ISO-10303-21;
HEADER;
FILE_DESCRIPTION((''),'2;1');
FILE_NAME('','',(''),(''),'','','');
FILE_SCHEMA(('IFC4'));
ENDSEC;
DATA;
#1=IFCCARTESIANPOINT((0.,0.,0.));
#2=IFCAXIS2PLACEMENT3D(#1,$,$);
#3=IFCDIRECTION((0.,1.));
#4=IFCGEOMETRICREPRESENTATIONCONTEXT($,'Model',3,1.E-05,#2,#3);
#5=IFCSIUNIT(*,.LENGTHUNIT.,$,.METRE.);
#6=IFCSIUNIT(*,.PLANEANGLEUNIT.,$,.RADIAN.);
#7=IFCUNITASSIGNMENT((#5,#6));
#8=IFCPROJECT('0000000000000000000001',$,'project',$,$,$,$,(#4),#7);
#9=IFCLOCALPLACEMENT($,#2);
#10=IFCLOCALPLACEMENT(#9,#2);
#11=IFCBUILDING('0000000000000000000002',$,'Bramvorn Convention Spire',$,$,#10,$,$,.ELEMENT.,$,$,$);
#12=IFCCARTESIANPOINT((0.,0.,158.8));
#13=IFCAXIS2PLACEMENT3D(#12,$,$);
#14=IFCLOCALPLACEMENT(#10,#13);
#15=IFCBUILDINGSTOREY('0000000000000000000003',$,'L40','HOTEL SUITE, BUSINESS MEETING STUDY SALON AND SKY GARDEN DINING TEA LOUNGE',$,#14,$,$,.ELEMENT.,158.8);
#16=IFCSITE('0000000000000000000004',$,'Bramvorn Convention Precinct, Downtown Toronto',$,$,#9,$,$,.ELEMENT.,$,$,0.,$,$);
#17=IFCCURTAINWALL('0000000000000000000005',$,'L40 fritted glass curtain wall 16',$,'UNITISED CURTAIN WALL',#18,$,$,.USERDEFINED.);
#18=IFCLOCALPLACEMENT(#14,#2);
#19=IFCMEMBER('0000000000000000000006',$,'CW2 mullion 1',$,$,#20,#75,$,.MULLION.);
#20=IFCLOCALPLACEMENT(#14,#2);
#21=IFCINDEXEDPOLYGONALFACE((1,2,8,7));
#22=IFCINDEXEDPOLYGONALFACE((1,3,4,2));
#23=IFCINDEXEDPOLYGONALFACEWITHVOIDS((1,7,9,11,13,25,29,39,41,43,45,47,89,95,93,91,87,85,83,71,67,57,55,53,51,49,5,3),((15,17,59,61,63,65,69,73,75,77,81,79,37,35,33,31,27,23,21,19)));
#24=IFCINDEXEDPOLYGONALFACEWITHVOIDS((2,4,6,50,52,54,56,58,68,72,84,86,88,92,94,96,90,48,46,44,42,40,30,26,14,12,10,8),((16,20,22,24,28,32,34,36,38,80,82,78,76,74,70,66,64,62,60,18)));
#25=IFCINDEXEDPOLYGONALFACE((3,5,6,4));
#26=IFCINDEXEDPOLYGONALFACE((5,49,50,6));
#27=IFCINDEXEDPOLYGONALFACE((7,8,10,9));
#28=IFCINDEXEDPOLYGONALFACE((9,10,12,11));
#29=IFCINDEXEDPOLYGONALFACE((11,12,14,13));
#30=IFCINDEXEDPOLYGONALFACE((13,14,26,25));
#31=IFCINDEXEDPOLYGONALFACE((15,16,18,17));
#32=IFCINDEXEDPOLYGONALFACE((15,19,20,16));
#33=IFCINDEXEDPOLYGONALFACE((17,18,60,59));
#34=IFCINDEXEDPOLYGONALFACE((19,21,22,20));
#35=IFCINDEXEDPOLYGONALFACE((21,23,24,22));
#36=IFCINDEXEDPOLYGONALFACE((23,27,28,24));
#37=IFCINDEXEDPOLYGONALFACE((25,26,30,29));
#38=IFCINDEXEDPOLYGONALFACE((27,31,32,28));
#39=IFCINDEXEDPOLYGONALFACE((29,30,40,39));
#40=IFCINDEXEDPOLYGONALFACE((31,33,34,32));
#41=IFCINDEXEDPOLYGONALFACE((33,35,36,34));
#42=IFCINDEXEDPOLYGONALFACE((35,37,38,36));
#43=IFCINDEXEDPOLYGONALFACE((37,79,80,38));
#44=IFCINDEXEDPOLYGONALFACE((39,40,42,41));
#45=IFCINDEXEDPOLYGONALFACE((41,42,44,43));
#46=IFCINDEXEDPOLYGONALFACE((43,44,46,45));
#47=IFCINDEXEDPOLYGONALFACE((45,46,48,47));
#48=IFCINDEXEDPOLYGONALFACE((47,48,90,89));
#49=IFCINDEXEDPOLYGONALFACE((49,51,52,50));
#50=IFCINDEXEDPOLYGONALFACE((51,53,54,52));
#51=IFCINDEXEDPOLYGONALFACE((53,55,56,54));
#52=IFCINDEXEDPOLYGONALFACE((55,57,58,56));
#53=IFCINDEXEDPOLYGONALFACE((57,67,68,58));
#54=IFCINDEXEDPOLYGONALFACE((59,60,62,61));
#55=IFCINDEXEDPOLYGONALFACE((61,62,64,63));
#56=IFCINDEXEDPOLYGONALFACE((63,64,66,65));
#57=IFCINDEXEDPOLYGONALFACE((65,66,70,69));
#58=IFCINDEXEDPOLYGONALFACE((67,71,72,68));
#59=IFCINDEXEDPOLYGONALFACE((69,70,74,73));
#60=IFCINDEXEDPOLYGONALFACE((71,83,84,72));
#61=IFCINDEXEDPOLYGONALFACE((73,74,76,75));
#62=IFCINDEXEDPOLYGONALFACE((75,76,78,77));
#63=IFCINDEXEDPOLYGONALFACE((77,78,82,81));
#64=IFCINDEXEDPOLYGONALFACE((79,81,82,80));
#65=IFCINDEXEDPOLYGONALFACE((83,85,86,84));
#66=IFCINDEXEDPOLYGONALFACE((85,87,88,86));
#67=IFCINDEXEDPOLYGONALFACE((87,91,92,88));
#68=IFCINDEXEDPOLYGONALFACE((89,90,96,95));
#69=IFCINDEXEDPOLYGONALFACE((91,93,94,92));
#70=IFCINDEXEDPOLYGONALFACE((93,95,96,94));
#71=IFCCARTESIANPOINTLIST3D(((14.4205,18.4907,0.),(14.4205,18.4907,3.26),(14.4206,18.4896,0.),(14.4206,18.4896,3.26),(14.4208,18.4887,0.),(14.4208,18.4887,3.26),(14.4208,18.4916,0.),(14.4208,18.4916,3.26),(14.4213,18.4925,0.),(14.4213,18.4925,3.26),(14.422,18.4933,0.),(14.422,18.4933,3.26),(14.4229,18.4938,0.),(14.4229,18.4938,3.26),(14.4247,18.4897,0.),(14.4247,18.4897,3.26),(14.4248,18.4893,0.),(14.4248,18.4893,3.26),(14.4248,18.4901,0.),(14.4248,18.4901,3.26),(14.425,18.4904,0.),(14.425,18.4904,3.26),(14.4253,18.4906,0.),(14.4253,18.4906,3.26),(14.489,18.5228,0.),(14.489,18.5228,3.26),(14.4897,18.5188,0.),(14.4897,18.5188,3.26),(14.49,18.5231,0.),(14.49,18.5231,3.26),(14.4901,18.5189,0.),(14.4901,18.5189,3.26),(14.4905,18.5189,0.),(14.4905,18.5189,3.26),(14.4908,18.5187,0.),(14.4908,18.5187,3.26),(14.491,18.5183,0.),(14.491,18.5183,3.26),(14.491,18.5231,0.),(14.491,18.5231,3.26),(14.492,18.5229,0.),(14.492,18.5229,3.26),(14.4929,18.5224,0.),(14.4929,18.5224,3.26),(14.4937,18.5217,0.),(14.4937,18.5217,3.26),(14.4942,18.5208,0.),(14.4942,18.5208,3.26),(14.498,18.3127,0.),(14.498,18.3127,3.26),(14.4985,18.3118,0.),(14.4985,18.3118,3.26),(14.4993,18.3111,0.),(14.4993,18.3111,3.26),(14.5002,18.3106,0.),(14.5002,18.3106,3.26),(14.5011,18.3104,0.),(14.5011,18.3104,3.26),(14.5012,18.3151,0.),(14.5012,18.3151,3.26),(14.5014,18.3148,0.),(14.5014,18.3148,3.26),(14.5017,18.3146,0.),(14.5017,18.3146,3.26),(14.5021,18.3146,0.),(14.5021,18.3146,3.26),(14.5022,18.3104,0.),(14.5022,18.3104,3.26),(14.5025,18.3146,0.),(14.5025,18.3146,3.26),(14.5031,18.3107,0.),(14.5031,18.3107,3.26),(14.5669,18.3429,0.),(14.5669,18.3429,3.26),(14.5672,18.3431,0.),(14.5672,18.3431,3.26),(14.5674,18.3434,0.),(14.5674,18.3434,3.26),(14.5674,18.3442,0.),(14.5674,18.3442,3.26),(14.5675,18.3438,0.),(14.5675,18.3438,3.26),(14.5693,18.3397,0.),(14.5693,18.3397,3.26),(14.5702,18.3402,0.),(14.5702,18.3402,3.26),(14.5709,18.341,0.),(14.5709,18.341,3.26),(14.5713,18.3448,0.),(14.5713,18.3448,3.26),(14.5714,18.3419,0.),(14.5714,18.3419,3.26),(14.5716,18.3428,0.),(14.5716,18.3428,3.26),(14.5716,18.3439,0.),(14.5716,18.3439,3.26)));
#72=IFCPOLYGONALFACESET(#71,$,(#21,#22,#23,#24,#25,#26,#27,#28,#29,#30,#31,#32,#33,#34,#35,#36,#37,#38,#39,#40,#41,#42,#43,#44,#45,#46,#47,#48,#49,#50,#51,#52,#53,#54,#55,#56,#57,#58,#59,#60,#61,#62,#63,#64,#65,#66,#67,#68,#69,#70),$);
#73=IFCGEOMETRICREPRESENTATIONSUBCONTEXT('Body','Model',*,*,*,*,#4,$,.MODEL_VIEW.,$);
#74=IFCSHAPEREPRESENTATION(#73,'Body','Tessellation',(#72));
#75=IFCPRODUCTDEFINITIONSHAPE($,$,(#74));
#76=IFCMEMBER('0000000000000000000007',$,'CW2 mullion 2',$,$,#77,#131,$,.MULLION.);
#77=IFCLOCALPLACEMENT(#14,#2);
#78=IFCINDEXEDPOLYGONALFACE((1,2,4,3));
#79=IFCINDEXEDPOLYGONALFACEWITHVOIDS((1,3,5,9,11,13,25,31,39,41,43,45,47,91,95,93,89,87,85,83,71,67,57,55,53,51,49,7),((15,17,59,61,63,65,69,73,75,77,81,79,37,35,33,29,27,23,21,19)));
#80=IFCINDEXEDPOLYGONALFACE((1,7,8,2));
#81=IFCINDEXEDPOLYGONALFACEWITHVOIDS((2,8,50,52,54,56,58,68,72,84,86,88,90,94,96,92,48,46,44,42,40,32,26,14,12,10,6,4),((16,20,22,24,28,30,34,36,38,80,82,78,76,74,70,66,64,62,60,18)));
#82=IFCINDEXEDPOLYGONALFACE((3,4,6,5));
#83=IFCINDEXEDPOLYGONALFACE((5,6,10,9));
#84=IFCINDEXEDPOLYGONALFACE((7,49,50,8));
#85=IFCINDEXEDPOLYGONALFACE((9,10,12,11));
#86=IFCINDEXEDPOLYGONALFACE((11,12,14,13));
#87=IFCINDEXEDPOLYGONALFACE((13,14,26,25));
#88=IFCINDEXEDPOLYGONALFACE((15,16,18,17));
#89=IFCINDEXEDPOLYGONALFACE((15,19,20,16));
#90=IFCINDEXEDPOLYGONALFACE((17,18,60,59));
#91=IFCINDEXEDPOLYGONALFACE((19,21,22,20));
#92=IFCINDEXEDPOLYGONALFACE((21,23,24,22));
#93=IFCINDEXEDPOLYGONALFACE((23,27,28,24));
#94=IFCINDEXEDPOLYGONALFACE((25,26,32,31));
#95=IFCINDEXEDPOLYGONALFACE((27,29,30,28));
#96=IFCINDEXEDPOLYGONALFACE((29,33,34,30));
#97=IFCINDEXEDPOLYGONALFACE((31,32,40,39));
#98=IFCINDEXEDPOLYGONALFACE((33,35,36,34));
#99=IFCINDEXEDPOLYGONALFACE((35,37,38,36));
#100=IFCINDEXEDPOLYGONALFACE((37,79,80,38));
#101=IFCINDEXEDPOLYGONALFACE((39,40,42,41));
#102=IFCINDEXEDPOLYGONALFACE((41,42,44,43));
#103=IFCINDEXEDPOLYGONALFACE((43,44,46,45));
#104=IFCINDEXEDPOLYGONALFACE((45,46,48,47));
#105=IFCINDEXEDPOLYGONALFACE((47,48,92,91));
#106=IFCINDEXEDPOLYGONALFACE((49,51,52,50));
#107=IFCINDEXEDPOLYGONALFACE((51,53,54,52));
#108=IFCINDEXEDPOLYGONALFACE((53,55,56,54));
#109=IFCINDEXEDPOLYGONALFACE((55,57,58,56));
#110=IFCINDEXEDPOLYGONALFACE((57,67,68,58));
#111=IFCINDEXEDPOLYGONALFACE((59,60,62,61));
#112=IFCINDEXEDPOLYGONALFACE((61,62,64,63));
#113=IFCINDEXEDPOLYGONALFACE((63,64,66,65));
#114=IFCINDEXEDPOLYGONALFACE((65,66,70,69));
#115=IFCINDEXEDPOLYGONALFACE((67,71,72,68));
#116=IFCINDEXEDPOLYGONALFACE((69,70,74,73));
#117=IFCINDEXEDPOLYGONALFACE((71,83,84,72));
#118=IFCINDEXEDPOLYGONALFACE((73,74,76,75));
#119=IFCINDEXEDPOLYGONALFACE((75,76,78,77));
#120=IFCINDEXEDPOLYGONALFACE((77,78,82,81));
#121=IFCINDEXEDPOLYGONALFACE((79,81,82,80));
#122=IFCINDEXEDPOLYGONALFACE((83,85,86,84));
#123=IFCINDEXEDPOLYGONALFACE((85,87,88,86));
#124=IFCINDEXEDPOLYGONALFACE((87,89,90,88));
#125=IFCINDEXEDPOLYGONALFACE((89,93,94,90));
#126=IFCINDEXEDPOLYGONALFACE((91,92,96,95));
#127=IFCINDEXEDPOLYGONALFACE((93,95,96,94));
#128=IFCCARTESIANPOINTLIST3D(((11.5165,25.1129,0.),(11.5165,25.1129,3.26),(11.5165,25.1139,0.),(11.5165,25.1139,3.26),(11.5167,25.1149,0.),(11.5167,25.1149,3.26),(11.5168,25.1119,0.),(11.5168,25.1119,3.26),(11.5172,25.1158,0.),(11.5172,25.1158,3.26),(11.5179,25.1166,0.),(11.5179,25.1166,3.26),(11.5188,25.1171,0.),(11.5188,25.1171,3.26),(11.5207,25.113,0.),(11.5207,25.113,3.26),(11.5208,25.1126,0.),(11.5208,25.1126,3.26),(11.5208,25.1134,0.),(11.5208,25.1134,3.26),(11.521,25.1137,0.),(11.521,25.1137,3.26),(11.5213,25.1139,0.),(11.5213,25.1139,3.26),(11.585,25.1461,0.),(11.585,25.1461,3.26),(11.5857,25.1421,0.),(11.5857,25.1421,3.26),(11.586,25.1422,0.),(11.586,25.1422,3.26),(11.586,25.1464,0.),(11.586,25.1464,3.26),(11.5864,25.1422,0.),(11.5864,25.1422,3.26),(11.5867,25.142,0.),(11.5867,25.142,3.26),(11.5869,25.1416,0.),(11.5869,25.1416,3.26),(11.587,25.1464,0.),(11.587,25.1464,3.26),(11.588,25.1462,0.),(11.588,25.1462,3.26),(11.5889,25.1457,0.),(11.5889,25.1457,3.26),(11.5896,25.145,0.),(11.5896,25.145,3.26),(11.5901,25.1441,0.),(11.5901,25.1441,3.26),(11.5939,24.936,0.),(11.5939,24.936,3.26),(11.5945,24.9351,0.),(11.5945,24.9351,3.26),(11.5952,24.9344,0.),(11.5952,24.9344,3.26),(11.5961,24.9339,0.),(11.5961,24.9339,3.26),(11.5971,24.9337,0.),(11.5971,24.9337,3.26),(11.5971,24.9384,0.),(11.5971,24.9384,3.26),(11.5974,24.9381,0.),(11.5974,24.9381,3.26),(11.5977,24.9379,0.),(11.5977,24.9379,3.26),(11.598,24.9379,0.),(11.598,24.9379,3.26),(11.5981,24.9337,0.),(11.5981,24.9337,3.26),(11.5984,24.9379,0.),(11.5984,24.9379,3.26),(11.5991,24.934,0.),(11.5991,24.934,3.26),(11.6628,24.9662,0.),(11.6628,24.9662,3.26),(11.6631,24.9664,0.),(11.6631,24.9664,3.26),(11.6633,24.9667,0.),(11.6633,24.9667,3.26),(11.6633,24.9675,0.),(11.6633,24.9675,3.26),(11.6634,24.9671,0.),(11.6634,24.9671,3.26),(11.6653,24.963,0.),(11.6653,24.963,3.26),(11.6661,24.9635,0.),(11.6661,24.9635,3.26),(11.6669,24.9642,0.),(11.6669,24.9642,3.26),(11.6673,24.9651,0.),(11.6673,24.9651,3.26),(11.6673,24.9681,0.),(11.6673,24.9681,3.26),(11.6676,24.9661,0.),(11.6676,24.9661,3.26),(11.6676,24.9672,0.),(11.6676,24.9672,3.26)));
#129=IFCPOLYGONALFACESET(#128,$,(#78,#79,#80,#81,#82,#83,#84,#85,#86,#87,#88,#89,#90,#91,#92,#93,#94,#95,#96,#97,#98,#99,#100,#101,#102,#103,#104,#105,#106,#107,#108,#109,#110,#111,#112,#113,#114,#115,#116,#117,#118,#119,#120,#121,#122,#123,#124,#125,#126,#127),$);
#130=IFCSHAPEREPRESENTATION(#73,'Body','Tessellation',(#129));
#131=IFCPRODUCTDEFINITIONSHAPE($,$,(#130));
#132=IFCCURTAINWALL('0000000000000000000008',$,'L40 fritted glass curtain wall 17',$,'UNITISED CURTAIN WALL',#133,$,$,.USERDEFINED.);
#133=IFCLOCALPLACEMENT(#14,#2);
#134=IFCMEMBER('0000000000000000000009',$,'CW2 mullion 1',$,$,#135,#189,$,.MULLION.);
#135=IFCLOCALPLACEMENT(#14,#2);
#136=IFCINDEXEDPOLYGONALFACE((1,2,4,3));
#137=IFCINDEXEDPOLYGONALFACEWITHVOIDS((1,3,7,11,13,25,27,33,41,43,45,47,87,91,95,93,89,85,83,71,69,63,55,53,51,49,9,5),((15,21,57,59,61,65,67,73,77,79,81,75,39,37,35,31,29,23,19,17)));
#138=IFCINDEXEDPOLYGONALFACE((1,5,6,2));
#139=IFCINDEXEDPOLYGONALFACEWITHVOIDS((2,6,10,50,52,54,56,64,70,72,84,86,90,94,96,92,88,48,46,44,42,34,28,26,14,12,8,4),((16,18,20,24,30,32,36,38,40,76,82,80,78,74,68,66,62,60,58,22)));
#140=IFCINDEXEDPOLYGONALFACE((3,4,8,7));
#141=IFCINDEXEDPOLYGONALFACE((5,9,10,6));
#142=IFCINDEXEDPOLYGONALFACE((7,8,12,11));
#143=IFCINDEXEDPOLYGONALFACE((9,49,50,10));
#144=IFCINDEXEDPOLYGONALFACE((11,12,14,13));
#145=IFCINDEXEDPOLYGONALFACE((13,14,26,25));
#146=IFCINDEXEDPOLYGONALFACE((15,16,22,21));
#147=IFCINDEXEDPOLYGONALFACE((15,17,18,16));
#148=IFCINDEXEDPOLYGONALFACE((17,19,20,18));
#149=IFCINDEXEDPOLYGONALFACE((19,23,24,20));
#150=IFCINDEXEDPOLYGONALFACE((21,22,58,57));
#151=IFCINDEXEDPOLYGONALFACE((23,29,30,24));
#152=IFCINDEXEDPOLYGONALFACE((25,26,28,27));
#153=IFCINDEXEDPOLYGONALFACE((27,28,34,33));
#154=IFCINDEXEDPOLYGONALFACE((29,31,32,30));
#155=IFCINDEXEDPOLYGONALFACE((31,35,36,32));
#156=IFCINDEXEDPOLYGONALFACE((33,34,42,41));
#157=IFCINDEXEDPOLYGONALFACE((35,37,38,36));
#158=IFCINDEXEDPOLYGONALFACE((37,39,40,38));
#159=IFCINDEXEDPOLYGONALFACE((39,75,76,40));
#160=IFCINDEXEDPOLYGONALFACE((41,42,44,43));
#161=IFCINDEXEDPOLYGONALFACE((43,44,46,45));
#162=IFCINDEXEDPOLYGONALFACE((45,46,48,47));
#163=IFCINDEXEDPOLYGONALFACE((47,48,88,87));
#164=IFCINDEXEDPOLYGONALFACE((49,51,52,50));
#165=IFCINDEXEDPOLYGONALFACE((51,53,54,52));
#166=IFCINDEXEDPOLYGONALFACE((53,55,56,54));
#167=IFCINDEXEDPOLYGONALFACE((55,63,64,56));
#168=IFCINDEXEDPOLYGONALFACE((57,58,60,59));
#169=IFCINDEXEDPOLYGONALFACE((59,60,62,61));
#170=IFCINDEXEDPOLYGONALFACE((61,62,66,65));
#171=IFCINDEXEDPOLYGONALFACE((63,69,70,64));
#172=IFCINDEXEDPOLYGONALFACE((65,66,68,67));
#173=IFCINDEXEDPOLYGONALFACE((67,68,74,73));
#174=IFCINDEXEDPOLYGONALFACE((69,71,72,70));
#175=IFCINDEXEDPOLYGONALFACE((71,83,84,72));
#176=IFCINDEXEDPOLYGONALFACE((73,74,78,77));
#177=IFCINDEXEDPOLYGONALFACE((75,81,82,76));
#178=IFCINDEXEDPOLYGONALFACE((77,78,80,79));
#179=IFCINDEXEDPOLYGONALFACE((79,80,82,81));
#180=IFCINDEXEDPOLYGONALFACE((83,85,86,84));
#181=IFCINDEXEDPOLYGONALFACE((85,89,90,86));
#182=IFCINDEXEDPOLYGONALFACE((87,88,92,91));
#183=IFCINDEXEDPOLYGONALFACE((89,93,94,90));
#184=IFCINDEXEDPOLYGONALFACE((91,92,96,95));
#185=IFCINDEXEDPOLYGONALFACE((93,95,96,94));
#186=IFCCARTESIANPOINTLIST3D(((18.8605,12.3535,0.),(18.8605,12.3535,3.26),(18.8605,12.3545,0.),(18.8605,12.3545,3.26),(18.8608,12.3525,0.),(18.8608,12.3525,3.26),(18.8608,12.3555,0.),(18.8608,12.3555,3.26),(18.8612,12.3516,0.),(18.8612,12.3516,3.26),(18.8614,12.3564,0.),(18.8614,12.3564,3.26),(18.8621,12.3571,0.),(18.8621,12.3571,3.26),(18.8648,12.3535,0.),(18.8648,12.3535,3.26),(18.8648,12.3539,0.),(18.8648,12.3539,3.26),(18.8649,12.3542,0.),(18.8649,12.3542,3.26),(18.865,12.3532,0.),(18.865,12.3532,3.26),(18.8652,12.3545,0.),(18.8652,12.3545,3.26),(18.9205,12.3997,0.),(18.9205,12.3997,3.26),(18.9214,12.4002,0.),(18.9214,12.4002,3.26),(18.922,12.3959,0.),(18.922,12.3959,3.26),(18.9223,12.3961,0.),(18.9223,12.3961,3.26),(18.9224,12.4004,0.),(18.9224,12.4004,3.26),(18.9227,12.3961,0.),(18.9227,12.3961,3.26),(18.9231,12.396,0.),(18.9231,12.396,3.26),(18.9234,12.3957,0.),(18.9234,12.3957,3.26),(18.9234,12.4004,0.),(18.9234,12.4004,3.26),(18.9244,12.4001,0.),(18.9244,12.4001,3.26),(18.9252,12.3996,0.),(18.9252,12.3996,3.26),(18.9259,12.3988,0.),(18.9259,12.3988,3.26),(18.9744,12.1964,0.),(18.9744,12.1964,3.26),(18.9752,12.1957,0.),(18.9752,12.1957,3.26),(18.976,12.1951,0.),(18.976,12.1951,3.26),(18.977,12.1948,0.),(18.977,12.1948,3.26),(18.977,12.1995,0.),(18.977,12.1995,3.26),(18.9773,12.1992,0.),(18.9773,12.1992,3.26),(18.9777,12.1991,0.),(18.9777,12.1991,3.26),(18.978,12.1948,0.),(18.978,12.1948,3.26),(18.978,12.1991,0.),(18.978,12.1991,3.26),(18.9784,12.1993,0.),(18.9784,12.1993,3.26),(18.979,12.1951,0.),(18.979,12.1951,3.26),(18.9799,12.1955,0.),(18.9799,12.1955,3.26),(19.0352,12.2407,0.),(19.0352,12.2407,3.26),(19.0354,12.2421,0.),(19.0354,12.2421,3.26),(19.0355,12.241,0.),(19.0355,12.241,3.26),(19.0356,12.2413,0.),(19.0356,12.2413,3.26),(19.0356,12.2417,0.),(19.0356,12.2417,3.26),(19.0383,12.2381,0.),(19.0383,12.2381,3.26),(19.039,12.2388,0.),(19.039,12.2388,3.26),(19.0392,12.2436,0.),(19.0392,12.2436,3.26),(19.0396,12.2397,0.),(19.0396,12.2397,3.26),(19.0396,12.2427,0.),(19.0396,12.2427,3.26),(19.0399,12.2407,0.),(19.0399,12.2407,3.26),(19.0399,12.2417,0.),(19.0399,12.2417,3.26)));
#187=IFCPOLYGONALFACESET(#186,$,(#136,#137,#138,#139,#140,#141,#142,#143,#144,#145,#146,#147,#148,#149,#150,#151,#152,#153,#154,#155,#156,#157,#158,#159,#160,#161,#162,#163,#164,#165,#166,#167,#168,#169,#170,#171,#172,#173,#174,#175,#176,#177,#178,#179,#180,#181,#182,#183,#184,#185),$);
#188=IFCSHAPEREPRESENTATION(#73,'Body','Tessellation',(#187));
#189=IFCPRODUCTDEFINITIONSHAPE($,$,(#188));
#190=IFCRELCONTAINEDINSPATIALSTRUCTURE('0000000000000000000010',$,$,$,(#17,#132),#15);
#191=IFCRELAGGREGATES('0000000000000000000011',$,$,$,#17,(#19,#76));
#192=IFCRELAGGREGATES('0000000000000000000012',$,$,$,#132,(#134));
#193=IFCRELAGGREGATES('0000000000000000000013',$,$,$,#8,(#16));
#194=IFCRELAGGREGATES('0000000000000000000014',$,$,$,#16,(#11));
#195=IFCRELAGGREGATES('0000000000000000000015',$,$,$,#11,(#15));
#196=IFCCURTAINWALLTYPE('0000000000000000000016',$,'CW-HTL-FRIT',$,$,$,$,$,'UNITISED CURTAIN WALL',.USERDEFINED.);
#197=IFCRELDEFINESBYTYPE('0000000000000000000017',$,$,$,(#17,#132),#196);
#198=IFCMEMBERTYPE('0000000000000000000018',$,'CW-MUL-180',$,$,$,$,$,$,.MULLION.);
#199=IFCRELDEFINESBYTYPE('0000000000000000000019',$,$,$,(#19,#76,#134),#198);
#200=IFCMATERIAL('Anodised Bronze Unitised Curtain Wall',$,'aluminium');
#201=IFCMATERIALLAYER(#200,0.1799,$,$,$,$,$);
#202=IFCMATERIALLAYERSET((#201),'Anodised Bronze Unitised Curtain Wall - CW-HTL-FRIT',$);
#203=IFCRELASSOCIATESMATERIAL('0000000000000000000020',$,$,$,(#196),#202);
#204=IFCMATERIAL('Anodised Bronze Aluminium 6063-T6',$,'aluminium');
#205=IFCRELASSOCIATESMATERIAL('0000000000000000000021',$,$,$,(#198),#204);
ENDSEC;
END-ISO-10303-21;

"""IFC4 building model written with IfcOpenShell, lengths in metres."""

from ifc_helpers import new_model, si_unit, direction, frame, origin, origin_2d, place, context, subcontext, project, spatial, hollow_rectangle, extrude, material, layer, layer_set, material_profile, profile_set, type_object, element, aggregate, save


model = new_model("IFC4")

# Units and contexts
model_context = context("Model", 3, precision=1e-05, world=origin(), true_north=direction((0.0, 1.0)))
body_context = subcontext(model_context, "Body", "Model", "MODEL_VIEW")
ifc_project = project(units=[si_unit("LENGTHUNIT", "METRE"), si_unit("PLANEANGLEUNIT", "RADIAN")], contexts=[model_context])

# Site, building, storey
site_placement = place(None, origin())
site = spatial("IfcSite", under=ifc_project, at=site_placement, Name="Bramvorn Convention Precinct, Downtown Toronto", CompositionType="ELEMENT", RefElevation=0.0)
building_placement = place(site_placement, origin())
building = spatial("IfcBuilding", under=site, at=building_placement, Name="Bramvorn Convention Spire", CompositionType="ELEMENT")
storey_placement = place(building_placement, frame((0.0, 0.0, 158.8)))
storey = spatial("IfcBuildingStorey", under=building, at=storey_placement, Name="L40", Description="HOTEL SUITE, BUSINESS MEETING STUDY SALON AND SKY GARDEN DINING TEA LOUNGE", CompositionType="ELEMENT", Elevation=158.8)

# Curtain walls, members
ifc_material_1 = material(Name="Anodised Bronze Unitised Curtain Wall", Category="aluminium")
ifc_layer_1 = layer(ifc_material_1, 0.1799)
ifc_layer_set_1 = layer_set([ifc_layer_1], Name="Anodised Bronze Unitised Curtain Wall - CW-HTL-FRIT")
curtain_wall_type = type_object("IfcCurtainWallType", Name="CW-HTL-FRIT", ElementType="UNITISED CURTAIN WALL", PredefinedType="USERDEFINED", material=ifc_layer_set_1)
curtain_wall_1_placement = place(storey_placement, origin())
curtain_wall_1 = element("IfcCurtainWall", 1, at=curtain_wall_1_placement, inside=storey, type_object=curtain_wall_type, Name="L40 fritted glass curtain wall 16", ObjectType="UNITISED CURTAIN WALL", PredefinedType="USERDEFINED")
ifc_material_2 = material(Name="Anodised Bronze Aluminium 6063-T6", Category="aluminium")
ifc_material_profile_1 = material_profile(ifc_material_2, hollow_rectangle(XDim=0.0801, YDim=0.2, WallThickness=0.0039, InnerFilletRadius=0.001, OuterFilletRadius=0.0039, at=origin_2d()))
ifc_profile_set_1 = profile_set([ifc_material_profile_1], Name="Anodised Bronze Aluminium 6063-T6 - CWM80X200")
member_type_1 = type_object("IfcMemberType", Name="CW-MUL-180", PredefinedType="MULLION", material=ifc_profile_set_1)
member_1_placement = place(storey_placement, frame((14.4961, 18.4167, 0.0), z_axis=(0.0, 0.0, 1.0), x_axis=(-0.91584, -0.401542, 0.0)))
member_1 = element("IfcMember", 2, at=member_1_placement, type_object=member_type_1, Name="CW2 mullion 1", PredefinedType="MULLION", context=body_context, shape_type="SweptSolid", body=[
    extrude(hollow_rectangle(XDim=0.0801, YDim=0.2, WallThickness=0.0039, InnerFilletRadius=0.001, OuterFilletRadius=0.0039, at=origin_2d()), origin(), (0.0, 0.0, 1.0), 3.26),
])
member_2_placement = place(storey_placement, frame((11.592, 25.04, 0.0), z_axis=(0.0, 0.0, 1.0), x_axis=(-0.91584, -0.401542, 0.0)))
member_2 = element("IfcMember", 3, at=member_2_placement, type_object=member_type_1, Name="CW2 mullion 2", PredefinedType="MULLION", context=body_context, shape_type="SweptSolid", body=[
    extrude(hollow_rectangle(XDim=0.0801, YDim=0.2, WallThickness=0.0039, InnerFilletRadius=0.001, OuterFilletRadius=0.0039, at=origin_2d()), origin(), (0.0, 0.0, 1.0), 3.26),
])
curtain_wall_2_placement = place(storey_placement, origin())
curtain_wall_2 = element("IfcCurtainWall", 4, at=curtain_wall_2_placement, inside=storey, type_object=curtain_wall_type, Name="L40 fritted glass curtain wall 17", ObjectType="UNITISED CURTAIN WALL", PredefinedType="USERDEFINED")
member_3_placement = place(storey_placement, frame((18.9502, 12.2976, 0.0), z_axis=(0.0, 0.0, 1.0), x_axis=(-0.807991, -0.589195, 0.0)))
member_3 = element("IfcMember", 5, at=member_3_placement, type_object=member_type_1, Name="CW2 mullion 1", PredefinedType="MULLION", context=body_context, shape_type="SweptSolid", body=[
    extrude(hollow_rectangle(XDim=0.0801, YDim=0.2, WallThickness=0.0039, InnerFilletRadius=0.001, OuterFilletRadius=0.0039, at=origin_2d()), origin(), (0.0, 0.0, 1.0), 3.26),
])

aggregate(curtain_wall_1, [member_1, member_2])
aggregate(curtain_wall_2, [member_3])

save(model, "model.ifc")
